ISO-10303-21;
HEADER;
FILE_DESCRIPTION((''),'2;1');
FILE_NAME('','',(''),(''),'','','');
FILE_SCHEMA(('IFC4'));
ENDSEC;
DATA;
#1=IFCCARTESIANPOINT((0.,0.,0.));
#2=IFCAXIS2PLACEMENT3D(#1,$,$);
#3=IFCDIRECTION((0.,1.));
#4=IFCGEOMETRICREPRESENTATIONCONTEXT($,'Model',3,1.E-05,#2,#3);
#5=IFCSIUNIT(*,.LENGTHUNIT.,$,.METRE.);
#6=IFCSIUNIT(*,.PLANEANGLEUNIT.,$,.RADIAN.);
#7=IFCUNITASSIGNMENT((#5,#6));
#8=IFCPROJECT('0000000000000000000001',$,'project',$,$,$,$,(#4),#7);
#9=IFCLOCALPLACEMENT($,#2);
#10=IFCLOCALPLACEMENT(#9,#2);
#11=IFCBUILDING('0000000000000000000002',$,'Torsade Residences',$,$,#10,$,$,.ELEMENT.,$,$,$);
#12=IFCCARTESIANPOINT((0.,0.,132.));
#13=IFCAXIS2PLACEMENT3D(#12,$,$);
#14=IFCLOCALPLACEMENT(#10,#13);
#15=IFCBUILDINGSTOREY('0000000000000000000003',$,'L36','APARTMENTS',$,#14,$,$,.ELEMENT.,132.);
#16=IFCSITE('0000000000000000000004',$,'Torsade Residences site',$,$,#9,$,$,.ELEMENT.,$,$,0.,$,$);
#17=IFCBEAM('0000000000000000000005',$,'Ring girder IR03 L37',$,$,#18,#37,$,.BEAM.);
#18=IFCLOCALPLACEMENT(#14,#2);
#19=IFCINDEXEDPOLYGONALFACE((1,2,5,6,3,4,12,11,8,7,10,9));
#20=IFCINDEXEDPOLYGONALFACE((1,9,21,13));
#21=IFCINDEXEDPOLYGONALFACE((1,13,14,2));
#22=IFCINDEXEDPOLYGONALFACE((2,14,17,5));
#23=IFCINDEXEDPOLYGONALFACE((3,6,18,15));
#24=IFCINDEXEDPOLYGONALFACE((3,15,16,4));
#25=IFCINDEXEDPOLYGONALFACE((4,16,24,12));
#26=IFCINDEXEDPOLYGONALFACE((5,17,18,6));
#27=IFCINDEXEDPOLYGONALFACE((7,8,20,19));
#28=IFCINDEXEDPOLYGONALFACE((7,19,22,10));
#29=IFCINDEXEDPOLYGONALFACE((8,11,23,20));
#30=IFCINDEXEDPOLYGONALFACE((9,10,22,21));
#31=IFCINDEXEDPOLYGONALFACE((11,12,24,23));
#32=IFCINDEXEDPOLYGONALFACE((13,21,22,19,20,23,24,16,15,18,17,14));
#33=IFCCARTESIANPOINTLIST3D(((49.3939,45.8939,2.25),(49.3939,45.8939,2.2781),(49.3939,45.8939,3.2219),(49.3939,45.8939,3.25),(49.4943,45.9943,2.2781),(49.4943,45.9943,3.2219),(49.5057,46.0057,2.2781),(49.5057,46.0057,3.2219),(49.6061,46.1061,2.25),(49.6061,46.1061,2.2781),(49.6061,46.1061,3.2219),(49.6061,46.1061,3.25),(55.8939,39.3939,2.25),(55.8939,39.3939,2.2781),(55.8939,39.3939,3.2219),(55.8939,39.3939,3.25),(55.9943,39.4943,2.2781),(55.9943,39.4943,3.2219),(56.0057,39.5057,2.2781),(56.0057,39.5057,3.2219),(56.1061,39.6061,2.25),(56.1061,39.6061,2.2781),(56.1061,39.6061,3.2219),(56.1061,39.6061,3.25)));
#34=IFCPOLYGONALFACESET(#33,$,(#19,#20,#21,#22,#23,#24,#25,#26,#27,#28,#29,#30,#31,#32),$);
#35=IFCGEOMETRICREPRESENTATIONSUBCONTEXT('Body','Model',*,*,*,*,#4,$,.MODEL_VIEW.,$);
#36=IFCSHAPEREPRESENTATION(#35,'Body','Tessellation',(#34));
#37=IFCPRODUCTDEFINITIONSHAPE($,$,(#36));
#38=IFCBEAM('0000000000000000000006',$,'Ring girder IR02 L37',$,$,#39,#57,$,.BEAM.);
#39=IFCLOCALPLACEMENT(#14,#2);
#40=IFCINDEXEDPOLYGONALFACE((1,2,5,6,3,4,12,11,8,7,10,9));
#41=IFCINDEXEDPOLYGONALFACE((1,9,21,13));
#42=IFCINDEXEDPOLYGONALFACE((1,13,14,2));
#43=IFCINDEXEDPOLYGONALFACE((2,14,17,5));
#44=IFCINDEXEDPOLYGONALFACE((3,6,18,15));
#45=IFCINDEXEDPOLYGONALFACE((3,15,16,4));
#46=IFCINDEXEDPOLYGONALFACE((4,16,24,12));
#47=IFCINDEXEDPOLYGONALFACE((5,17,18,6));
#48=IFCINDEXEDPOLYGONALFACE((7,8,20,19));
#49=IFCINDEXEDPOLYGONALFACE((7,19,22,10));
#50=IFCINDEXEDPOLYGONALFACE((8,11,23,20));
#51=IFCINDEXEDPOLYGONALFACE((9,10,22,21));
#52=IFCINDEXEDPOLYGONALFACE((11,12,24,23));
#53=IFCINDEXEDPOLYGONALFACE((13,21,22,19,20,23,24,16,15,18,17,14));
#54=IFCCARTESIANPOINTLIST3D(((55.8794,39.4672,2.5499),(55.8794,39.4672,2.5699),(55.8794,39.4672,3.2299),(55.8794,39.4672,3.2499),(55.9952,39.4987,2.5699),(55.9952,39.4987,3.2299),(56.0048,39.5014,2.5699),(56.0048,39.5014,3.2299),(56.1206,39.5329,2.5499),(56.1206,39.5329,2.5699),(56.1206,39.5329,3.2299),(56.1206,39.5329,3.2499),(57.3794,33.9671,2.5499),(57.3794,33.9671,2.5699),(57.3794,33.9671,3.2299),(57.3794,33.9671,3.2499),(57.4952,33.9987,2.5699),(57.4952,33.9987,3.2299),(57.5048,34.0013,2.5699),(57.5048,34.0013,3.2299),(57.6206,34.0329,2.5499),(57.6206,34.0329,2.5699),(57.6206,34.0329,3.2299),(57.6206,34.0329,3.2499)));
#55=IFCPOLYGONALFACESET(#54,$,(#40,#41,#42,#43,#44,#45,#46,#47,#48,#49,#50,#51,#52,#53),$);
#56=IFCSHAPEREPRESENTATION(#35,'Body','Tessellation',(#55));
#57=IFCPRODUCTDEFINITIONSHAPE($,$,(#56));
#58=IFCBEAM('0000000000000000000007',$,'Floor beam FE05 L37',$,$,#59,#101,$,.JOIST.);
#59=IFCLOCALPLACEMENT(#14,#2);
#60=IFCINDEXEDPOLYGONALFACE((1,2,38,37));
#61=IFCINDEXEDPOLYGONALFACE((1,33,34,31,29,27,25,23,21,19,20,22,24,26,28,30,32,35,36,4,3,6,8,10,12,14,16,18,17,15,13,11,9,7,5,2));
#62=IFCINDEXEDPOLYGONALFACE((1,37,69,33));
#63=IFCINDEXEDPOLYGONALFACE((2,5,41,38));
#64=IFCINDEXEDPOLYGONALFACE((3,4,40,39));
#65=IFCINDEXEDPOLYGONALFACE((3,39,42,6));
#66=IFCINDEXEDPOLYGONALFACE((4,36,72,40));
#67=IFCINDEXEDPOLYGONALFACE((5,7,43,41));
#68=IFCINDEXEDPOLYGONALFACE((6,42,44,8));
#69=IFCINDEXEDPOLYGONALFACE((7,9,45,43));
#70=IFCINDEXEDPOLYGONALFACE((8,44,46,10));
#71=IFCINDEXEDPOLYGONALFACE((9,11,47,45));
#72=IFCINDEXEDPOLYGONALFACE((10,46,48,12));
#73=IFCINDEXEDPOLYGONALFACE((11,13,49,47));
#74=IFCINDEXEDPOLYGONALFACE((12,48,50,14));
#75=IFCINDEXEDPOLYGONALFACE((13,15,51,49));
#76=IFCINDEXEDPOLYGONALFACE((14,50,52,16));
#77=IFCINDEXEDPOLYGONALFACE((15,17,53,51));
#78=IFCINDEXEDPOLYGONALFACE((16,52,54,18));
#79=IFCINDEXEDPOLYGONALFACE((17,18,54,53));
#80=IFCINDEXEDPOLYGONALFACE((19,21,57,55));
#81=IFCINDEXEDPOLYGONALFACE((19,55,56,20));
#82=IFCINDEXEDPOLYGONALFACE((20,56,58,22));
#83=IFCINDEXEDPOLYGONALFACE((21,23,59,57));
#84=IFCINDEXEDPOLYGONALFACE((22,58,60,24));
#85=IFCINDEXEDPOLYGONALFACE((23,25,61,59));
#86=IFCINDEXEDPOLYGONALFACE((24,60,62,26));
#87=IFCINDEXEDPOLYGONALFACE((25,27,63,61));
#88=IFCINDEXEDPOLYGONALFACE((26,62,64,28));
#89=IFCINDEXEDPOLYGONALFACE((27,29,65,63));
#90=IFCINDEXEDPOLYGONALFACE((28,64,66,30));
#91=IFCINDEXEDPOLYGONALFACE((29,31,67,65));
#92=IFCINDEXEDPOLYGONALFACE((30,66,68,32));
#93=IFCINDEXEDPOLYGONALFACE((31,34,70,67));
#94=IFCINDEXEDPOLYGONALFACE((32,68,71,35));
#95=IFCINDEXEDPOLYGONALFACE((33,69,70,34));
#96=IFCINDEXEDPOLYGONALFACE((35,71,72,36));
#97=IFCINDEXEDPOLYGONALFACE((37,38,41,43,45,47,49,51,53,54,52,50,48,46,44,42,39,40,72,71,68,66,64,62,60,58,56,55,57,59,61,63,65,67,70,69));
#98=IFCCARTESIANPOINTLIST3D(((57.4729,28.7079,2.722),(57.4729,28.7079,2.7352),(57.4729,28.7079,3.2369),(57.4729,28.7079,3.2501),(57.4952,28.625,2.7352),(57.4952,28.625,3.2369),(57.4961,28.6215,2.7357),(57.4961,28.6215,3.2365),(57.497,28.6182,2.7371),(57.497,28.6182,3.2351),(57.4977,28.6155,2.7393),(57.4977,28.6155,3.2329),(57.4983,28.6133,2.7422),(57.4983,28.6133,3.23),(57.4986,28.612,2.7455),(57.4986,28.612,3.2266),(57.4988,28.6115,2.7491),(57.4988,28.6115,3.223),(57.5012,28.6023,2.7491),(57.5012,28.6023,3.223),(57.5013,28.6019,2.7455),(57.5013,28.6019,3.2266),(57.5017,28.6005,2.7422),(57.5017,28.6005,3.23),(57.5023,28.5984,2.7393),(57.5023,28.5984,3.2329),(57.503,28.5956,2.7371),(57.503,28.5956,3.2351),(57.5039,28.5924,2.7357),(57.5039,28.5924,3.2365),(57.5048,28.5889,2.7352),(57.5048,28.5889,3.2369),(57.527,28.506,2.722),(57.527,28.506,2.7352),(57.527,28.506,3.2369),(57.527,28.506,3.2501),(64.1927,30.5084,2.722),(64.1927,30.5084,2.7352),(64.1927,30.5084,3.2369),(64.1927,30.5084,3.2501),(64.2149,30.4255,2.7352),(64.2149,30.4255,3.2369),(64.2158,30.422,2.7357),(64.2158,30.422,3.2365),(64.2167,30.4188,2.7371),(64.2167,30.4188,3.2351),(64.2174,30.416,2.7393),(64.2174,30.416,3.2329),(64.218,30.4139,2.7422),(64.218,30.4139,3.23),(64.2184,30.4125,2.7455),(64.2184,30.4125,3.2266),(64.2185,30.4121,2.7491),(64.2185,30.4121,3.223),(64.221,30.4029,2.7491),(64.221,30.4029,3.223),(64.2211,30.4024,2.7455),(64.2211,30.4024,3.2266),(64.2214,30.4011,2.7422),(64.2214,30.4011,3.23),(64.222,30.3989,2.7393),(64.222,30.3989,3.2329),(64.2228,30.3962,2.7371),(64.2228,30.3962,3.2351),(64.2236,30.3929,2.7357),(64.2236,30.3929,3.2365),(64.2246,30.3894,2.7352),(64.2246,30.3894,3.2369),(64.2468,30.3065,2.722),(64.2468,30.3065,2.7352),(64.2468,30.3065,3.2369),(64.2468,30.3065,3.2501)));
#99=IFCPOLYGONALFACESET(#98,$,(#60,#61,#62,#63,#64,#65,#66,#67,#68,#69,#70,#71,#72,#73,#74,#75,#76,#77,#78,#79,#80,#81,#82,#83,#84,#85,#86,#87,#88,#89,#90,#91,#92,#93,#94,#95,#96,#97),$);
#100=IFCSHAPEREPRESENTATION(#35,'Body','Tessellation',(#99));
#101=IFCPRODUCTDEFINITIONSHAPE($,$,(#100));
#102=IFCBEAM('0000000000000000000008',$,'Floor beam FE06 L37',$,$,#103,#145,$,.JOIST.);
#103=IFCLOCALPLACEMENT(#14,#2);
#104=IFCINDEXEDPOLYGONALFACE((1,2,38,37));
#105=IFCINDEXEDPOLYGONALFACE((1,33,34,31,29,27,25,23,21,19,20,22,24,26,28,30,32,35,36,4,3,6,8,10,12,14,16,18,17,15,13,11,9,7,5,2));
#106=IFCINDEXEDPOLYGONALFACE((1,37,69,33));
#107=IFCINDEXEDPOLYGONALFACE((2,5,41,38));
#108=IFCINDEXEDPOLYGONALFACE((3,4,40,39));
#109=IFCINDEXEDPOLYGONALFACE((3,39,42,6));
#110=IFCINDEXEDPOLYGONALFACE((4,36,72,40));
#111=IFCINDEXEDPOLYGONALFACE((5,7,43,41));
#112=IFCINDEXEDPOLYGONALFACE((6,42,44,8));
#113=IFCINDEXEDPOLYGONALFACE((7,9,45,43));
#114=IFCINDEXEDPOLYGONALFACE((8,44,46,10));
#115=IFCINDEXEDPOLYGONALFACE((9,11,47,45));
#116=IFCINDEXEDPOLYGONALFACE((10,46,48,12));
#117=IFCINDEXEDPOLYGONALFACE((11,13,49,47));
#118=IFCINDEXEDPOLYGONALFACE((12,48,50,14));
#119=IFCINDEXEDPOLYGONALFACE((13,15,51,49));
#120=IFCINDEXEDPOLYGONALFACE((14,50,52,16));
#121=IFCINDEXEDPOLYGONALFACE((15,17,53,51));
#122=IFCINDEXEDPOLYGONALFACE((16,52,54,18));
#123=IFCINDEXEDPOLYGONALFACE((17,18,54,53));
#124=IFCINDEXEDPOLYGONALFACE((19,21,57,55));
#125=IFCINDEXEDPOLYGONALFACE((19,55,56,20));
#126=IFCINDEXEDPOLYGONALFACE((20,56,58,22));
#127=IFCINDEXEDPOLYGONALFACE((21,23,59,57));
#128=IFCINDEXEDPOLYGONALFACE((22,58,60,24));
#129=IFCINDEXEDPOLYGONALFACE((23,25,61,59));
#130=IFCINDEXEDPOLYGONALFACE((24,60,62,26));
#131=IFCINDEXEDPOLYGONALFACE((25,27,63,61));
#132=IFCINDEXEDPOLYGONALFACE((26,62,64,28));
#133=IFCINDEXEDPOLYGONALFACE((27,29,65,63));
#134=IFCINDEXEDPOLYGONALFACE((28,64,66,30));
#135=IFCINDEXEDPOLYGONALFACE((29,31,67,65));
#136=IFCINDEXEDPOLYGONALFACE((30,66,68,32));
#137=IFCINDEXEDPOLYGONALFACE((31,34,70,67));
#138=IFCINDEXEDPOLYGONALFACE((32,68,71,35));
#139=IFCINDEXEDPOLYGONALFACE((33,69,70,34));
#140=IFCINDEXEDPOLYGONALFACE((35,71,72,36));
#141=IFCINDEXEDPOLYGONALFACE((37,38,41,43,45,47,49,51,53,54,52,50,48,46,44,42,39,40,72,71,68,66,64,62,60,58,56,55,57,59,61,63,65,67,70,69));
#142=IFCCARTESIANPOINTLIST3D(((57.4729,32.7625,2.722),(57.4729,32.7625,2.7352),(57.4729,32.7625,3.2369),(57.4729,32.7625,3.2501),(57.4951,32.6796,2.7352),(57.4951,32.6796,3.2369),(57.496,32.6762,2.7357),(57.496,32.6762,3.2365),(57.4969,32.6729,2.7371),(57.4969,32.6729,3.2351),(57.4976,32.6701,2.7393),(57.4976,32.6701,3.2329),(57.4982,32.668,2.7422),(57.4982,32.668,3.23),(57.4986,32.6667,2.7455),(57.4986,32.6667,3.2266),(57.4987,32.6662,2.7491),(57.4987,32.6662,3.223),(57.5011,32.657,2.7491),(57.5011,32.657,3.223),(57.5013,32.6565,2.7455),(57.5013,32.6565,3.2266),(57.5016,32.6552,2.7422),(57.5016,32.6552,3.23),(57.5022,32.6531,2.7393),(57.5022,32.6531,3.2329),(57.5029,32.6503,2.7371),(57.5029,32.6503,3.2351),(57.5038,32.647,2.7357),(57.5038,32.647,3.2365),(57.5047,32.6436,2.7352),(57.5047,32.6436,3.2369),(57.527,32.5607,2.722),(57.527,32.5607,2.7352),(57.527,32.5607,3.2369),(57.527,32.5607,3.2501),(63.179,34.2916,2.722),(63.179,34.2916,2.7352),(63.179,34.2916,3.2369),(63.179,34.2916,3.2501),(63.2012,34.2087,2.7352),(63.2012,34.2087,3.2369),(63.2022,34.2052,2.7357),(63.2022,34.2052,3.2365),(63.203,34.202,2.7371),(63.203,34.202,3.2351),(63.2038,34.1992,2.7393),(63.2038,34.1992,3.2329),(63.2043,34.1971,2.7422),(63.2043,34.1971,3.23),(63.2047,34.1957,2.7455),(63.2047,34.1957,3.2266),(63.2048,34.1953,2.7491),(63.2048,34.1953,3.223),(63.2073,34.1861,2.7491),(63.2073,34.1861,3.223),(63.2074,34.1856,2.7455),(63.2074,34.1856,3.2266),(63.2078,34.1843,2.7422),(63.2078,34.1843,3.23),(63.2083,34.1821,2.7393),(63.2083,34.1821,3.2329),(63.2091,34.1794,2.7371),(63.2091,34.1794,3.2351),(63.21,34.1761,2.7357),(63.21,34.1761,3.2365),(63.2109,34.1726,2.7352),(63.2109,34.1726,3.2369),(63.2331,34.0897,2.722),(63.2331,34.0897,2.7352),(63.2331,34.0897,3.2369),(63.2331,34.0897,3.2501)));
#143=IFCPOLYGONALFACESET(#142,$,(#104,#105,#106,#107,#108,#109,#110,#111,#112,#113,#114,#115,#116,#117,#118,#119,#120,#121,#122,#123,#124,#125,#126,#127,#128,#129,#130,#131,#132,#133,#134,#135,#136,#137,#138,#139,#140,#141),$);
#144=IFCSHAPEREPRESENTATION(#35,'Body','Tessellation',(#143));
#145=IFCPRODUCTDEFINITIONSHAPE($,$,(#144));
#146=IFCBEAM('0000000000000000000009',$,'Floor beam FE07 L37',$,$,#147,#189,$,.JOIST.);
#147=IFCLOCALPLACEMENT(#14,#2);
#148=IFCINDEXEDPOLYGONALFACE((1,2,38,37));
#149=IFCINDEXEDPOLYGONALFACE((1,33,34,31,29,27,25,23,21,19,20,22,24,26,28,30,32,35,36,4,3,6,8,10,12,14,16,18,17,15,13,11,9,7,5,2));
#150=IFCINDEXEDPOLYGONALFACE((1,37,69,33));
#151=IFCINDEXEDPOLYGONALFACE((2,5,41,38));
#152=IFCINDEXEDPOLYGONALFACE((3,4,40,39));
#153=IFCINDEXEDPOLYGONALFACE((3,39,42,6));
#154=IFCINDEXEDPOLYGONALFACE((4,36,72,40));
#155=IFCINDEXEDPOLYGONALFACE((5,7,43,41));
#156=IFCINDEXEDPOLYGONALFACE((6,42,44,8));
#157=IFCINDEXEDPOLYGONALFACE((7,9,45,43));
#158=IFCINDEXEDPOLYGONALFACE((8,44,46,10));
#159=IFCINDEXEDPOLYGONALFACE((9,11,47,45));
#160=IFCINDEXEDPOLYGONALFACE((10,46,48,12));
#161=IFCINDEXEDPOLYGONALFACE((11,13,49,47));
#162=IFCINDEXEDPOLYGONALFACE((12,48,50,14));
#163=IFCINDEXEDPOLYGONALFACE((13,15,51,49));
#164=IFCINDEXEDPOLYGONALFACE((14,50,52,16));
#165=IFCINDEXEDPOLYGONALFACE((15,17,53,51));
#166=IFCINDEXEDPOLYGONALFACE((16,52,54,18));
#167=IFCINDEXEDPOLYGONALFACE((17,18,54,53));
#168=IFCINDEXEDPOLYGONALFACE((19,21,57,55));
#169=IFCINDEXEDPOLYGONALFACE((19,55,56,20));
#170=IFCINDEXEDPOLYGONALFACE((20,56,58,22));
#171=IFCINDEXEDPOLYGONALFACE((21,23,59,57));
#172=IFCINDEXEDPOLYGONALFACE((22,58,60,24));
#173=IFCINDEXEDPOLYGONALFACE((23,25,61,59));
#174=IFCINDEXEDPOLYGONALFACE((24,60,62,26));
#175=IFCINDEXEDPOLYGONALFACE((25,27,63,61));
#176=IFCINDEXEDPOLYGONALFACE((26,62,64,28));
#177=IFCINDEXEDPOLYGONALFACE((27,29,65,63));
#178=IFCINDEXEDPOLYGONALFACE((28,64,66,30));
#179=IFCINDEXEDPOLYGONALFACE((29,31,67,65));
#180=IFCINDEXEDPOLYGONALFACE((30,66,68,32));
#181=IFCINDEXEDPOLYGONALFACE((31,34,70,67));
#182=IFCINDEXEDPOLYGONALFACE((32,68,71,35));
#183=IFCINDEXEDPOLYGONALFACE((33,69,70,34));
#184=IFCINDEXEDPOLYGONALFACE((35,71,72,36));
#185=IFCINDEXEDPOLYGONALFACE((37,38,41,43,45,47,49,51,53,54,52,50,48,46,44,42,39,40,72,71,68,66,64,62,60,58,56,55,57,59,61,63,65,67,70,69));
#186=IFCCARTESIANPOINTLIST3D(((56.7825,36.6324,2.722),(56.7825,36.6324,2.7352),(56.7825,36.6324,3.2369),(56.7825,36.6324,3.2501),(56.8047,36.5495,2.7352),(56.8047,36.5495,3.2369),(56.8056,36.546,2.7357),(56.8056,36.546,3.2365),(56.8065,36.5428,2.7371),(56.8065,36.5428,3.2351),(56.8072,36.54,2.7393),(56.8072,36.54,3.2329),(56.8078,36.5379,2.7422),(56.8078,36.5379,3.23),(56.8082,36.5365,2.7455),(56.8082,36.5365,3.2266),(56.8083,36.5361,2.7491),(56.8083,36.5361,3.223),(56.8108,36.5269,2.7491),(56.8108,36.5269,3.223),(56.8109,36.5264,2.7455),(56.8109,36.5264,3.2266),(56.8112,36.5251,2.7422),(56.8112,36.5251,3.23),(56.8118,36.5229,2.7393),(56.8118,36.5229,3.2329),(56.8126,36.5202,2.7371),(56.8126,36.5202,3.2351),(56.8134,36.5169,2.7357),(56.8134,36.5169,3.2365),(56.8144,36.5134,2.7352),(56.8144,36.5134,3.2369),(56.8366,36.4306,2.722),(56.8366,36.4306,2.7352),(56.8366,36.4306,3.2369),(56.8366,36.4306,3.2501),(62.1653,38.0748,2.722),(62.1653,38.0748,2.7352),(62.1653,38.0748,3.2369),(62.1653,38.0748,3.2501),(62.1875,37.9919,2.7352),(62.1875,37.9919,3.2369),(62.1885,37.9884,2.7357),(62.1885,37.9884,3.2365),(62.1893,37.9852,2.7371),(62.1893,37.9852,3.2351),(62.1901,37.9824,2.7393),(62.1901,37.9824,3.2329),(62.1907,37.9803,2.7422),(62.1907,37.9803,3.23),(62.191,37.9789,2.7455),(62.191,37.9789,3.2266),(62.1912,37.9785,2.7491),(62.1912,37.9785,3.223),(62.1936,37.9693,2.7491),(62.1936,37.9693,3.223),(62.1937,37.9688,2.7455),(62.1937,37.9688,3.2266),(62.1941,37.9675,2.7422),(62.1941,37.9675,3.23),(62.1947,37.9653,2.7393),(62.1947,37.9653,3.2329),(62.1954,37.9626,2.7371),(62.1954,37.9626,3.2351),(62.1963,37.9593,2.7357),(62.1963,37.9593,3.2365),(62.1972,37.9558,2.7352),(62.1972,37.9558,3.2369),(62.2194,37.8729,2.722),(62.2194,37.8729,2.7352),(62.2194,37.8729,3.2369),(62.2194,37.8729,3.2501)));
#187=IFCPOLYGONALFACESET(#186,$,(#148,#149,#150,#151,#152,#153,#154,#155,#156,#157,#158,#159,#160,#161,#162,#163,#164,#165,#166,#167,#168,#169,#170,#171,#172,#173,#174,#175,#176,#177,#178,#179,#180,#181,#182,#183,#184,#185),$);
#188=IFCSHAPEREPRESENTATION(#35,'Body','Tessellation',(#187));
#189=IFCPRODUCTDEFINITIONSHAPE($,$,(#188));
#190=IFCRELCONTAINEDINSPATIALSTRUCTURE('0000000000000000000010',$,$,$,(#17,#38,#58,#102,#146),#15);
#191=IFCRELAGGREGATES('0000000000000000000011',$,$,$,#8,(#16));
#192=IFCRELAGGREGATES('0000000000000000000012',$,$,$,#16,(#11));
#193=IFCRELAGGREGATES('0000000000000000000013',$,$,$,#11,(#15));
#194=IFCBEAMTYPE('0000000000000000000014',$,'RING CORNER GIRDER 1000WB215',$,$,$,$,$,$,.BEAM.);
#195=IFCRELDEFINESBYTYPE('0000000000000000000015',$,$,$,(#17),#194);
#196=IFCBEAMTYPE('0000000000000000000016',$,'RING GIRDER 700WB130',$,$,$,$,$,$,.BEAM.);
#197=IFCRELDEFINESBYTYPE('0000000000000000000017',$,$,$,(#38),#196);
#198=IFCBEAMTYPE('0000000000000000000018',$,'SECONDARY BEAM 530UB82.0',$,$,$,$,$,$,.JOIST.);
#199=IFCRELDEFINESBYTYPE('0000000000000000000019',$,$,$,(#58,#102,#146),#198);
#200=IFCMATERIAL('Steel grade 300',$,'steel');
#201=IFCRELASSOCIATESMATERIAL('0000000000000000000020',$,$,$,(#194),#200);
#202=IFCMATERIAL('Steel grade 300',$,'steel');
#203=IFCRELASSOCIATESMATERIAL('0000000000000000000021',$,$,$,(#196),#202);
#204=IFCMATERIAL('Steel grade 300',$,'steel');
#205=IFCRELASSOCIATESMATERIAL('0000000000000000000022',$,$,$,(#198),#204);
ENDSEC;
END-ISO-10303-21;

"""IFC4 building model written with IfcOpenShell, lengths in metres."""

from ifc_helpers import new_model, si_unit, direction, frame, origin, origin_2d, place, context, subcontext, project, spatial, i_section, extrude, material, material_profile, profile_set, type_object, element, save


model = new_model("IFC4")

# Units and contexts
model_context = context("Model", 3, precision=1e-05, world=origin(), true_north=direction((0.0, 1.0)))
body_context = subcontext(model_context, "Body", "Model", "MODEL_VIEW")
ifc_project = project(units=[si_unit("LENGTHUNIT", "METRE"), si_unit("PLANEANGLEUNIT", "RADIAN")], contexts=[model_context])

# Site, building, storey
site_placement = place(None, origin())
site = spatial("IfcSite", under=ifc_project, at=site_placement, Name="Torsade Residences site", CompositionType="ELEMENT", RefElevation=0.0)
building_placement = place(site_placement, origin())
building = spatial("IfcBuilding", under=site, at=building_placement, Name="Torsade Residences", CompositionType="ELEMENT")
storey_placement = place(building_placement, frame((0.0, 0.0, 132.0)))
storey = spatial("IfcBuildingStorey", under=building, at=storey_placement, Name="L36", Description="APARTMENTS", CompositionType="ELEMENT", Elevation=132.0)

# Beams
ifc_material_1 = material(Name="Steel grade 300", Category="steel")
ifc_material_profile_1 = material_profile(ifc_material_1, i_section(OverallWidth=0.3, OverallDepth=1.0, WebThickness=0.0161, FlangeThickness=0.0281, at=origin_2d()), Name="1000WB215")
ifc_profile_set_1 = profile_set([ifc_material_profile_1], Name="Steel grade 300")
beam_type_1 = type_object("IfcBeamType", Name="RING CORNER GIRDER 1000WB215", PredefinedType="BEAM", material=ifc_profile_set_1)
beam_1_placement = place(storey_placement, frame((56.0, 39.5, 2.75), z_axis=(-0.707107, 0.707107, 0.0), x_axis=(-0.707107, -0.707107, 0.0)))
element("IfcBeam", 1, at=beam_1_placement, inside=storey, type_object=beam_type_1, Name="Ring girder IR03 L37", PredefinedType="BEAM", context=body_context, shape_type="SweptSolid", body=[
    extrude(i_section(OverallWidth=0.3, OverallDepth=1.0, WebThickness=0.0161, FlangeThickness=0.0281, at=origin_2d()), origin(), (0.0, 0.0, 1.0), 9.1924),
])
ifc_material_2 = material(Name="Steel grade 300", Category="steel")
ifc_material_profile_2 = material_profile(ifc_material_2, i_section(OverallWidth=0.25, OverallDepth=0.7, WebThickness=0.01, FlangeThickness=0.02, at=origin_2d()), Name="700WB130")
ifc_profile_set_2 = profile_set([ifc_material_profile_2], Name="Steel grade 300")
beam_type_2 = type_object("IfcBeamType", Name="RING GIRDER 700WB130", PredefinedType="BEAM", material=ifc_profile_set_2)
beam_2_placement = place(storey_placement, frame((57.5, 34.0, 2.8999), z_axis=(-0.263117, 0.964764, 0.0), x_axis=(-0.964764, -0.263117, 0.0)))
element("IfcBeam", 2, at=beam_2_placement, inside=storey, type_object=beam_type_2, Name="Ring girder IR02 L37", PredefinedType="BEAM", context=body_context, shape_type="SweptSolid", body=[
    extrude(i_section(OverallWidth=0.25, OverallDepth=0.7, WebThickness=0.01, FlangeThickness=0.02, at=origin_2d()), origin(), (0.0, 0.0, 1.0), 5.7009),
])
ifc_material_3 = material(Name="Steel grade 300", Category="steel")
ifc_material_profile_3 = material_profile(ifc_material_3, i_section(OverallWidth=0.209, OverallDepth=0.5281, WebThickness=0.0095, FlangeThickness=0.0132, FilletRadius=0.0139, at=origin_2d()), Name="530UB82.0")
ifc_profile_set_3 = profile_set([ifc_material_profile_3], Name="Steel grade 300")
beam_type_3 = type_object("IfcBeamType", Name="SECONDARY BEAM 530UB82.0", PredefinedType="JOIST", material=ifc_profile_set_3)
beam_3_placement = place(storey_placement, frame((64.2197, 30.4075, 2.9861), z_axis=(-0.965926, -0.258818, 0.0), x_axis=(0.258818, -0.965926, 0.0)))
element("IfcBeam", 3, at=beam_3_placement, inside=storey, type_object=beam_type_3, Name="Floor beam FE05 L37", PredefinedType="JOIST", context=body_context, shape_type="SweptSolid", body=[
    extrude(i_section(OverallWidth=0.209, OverallDepth=0.5281, WebThickness=0.0095, FlangeThickness=0.0132, FilletRadius=0.0139, at=origin_2d()), origin(), (0.0, 0.0, 1.0), 6.9568),
])
beam_4_placement = place(storey_placement, frame((63.2061, 34.1907, 2.9861), z_axis=(-0.965921, -0.258838, 0.0), x_axis=(0.258838, -0.965921, 0.0)))
element("IfcBeam", 4, at=beam_4_placement, inside=storey, type_object=beam_type_3, Name="Floor beam FE06 L37", PredefinedType="JOIST", context=body_context, shape_type="SweptSolid", body=[
    extrude(i_section(OverallWidth=0.209, OverallDepth=0.5281, WebThickness=0.0095, FlangeThickness=0.0132, FilletRadius=0.0139, at=origin_2d()), origin(), (0.0, 0.0, 1.0), 5.9075),
])
beam_5_placement = place(storey_placement, frame((62.1924, 37.9739, 2.9861), z_axis=(-0.965923, -0.25883, 0.0), x_axis=(0.25883, -0.965923, 0.0)))
element("IfcBeam", 5, at=beam_5_placement, inside=storey, type_object=beam_type_3, Name="Floor beam FE07 L37", PredefinedType="JOIST", context=body_context, shape_type="SweptSolid", body=[
    extrude(i_section(OverallWidth=0.209, OverallDepth=0.5281, WebThickness=0.0095, FlangeThickness=0.0132, FilletRadius=0.0139, at=origin_2d()), origin(), (0.0, 0.0, 1.0), 5.5728),
])

save(model, "model.ifc")
